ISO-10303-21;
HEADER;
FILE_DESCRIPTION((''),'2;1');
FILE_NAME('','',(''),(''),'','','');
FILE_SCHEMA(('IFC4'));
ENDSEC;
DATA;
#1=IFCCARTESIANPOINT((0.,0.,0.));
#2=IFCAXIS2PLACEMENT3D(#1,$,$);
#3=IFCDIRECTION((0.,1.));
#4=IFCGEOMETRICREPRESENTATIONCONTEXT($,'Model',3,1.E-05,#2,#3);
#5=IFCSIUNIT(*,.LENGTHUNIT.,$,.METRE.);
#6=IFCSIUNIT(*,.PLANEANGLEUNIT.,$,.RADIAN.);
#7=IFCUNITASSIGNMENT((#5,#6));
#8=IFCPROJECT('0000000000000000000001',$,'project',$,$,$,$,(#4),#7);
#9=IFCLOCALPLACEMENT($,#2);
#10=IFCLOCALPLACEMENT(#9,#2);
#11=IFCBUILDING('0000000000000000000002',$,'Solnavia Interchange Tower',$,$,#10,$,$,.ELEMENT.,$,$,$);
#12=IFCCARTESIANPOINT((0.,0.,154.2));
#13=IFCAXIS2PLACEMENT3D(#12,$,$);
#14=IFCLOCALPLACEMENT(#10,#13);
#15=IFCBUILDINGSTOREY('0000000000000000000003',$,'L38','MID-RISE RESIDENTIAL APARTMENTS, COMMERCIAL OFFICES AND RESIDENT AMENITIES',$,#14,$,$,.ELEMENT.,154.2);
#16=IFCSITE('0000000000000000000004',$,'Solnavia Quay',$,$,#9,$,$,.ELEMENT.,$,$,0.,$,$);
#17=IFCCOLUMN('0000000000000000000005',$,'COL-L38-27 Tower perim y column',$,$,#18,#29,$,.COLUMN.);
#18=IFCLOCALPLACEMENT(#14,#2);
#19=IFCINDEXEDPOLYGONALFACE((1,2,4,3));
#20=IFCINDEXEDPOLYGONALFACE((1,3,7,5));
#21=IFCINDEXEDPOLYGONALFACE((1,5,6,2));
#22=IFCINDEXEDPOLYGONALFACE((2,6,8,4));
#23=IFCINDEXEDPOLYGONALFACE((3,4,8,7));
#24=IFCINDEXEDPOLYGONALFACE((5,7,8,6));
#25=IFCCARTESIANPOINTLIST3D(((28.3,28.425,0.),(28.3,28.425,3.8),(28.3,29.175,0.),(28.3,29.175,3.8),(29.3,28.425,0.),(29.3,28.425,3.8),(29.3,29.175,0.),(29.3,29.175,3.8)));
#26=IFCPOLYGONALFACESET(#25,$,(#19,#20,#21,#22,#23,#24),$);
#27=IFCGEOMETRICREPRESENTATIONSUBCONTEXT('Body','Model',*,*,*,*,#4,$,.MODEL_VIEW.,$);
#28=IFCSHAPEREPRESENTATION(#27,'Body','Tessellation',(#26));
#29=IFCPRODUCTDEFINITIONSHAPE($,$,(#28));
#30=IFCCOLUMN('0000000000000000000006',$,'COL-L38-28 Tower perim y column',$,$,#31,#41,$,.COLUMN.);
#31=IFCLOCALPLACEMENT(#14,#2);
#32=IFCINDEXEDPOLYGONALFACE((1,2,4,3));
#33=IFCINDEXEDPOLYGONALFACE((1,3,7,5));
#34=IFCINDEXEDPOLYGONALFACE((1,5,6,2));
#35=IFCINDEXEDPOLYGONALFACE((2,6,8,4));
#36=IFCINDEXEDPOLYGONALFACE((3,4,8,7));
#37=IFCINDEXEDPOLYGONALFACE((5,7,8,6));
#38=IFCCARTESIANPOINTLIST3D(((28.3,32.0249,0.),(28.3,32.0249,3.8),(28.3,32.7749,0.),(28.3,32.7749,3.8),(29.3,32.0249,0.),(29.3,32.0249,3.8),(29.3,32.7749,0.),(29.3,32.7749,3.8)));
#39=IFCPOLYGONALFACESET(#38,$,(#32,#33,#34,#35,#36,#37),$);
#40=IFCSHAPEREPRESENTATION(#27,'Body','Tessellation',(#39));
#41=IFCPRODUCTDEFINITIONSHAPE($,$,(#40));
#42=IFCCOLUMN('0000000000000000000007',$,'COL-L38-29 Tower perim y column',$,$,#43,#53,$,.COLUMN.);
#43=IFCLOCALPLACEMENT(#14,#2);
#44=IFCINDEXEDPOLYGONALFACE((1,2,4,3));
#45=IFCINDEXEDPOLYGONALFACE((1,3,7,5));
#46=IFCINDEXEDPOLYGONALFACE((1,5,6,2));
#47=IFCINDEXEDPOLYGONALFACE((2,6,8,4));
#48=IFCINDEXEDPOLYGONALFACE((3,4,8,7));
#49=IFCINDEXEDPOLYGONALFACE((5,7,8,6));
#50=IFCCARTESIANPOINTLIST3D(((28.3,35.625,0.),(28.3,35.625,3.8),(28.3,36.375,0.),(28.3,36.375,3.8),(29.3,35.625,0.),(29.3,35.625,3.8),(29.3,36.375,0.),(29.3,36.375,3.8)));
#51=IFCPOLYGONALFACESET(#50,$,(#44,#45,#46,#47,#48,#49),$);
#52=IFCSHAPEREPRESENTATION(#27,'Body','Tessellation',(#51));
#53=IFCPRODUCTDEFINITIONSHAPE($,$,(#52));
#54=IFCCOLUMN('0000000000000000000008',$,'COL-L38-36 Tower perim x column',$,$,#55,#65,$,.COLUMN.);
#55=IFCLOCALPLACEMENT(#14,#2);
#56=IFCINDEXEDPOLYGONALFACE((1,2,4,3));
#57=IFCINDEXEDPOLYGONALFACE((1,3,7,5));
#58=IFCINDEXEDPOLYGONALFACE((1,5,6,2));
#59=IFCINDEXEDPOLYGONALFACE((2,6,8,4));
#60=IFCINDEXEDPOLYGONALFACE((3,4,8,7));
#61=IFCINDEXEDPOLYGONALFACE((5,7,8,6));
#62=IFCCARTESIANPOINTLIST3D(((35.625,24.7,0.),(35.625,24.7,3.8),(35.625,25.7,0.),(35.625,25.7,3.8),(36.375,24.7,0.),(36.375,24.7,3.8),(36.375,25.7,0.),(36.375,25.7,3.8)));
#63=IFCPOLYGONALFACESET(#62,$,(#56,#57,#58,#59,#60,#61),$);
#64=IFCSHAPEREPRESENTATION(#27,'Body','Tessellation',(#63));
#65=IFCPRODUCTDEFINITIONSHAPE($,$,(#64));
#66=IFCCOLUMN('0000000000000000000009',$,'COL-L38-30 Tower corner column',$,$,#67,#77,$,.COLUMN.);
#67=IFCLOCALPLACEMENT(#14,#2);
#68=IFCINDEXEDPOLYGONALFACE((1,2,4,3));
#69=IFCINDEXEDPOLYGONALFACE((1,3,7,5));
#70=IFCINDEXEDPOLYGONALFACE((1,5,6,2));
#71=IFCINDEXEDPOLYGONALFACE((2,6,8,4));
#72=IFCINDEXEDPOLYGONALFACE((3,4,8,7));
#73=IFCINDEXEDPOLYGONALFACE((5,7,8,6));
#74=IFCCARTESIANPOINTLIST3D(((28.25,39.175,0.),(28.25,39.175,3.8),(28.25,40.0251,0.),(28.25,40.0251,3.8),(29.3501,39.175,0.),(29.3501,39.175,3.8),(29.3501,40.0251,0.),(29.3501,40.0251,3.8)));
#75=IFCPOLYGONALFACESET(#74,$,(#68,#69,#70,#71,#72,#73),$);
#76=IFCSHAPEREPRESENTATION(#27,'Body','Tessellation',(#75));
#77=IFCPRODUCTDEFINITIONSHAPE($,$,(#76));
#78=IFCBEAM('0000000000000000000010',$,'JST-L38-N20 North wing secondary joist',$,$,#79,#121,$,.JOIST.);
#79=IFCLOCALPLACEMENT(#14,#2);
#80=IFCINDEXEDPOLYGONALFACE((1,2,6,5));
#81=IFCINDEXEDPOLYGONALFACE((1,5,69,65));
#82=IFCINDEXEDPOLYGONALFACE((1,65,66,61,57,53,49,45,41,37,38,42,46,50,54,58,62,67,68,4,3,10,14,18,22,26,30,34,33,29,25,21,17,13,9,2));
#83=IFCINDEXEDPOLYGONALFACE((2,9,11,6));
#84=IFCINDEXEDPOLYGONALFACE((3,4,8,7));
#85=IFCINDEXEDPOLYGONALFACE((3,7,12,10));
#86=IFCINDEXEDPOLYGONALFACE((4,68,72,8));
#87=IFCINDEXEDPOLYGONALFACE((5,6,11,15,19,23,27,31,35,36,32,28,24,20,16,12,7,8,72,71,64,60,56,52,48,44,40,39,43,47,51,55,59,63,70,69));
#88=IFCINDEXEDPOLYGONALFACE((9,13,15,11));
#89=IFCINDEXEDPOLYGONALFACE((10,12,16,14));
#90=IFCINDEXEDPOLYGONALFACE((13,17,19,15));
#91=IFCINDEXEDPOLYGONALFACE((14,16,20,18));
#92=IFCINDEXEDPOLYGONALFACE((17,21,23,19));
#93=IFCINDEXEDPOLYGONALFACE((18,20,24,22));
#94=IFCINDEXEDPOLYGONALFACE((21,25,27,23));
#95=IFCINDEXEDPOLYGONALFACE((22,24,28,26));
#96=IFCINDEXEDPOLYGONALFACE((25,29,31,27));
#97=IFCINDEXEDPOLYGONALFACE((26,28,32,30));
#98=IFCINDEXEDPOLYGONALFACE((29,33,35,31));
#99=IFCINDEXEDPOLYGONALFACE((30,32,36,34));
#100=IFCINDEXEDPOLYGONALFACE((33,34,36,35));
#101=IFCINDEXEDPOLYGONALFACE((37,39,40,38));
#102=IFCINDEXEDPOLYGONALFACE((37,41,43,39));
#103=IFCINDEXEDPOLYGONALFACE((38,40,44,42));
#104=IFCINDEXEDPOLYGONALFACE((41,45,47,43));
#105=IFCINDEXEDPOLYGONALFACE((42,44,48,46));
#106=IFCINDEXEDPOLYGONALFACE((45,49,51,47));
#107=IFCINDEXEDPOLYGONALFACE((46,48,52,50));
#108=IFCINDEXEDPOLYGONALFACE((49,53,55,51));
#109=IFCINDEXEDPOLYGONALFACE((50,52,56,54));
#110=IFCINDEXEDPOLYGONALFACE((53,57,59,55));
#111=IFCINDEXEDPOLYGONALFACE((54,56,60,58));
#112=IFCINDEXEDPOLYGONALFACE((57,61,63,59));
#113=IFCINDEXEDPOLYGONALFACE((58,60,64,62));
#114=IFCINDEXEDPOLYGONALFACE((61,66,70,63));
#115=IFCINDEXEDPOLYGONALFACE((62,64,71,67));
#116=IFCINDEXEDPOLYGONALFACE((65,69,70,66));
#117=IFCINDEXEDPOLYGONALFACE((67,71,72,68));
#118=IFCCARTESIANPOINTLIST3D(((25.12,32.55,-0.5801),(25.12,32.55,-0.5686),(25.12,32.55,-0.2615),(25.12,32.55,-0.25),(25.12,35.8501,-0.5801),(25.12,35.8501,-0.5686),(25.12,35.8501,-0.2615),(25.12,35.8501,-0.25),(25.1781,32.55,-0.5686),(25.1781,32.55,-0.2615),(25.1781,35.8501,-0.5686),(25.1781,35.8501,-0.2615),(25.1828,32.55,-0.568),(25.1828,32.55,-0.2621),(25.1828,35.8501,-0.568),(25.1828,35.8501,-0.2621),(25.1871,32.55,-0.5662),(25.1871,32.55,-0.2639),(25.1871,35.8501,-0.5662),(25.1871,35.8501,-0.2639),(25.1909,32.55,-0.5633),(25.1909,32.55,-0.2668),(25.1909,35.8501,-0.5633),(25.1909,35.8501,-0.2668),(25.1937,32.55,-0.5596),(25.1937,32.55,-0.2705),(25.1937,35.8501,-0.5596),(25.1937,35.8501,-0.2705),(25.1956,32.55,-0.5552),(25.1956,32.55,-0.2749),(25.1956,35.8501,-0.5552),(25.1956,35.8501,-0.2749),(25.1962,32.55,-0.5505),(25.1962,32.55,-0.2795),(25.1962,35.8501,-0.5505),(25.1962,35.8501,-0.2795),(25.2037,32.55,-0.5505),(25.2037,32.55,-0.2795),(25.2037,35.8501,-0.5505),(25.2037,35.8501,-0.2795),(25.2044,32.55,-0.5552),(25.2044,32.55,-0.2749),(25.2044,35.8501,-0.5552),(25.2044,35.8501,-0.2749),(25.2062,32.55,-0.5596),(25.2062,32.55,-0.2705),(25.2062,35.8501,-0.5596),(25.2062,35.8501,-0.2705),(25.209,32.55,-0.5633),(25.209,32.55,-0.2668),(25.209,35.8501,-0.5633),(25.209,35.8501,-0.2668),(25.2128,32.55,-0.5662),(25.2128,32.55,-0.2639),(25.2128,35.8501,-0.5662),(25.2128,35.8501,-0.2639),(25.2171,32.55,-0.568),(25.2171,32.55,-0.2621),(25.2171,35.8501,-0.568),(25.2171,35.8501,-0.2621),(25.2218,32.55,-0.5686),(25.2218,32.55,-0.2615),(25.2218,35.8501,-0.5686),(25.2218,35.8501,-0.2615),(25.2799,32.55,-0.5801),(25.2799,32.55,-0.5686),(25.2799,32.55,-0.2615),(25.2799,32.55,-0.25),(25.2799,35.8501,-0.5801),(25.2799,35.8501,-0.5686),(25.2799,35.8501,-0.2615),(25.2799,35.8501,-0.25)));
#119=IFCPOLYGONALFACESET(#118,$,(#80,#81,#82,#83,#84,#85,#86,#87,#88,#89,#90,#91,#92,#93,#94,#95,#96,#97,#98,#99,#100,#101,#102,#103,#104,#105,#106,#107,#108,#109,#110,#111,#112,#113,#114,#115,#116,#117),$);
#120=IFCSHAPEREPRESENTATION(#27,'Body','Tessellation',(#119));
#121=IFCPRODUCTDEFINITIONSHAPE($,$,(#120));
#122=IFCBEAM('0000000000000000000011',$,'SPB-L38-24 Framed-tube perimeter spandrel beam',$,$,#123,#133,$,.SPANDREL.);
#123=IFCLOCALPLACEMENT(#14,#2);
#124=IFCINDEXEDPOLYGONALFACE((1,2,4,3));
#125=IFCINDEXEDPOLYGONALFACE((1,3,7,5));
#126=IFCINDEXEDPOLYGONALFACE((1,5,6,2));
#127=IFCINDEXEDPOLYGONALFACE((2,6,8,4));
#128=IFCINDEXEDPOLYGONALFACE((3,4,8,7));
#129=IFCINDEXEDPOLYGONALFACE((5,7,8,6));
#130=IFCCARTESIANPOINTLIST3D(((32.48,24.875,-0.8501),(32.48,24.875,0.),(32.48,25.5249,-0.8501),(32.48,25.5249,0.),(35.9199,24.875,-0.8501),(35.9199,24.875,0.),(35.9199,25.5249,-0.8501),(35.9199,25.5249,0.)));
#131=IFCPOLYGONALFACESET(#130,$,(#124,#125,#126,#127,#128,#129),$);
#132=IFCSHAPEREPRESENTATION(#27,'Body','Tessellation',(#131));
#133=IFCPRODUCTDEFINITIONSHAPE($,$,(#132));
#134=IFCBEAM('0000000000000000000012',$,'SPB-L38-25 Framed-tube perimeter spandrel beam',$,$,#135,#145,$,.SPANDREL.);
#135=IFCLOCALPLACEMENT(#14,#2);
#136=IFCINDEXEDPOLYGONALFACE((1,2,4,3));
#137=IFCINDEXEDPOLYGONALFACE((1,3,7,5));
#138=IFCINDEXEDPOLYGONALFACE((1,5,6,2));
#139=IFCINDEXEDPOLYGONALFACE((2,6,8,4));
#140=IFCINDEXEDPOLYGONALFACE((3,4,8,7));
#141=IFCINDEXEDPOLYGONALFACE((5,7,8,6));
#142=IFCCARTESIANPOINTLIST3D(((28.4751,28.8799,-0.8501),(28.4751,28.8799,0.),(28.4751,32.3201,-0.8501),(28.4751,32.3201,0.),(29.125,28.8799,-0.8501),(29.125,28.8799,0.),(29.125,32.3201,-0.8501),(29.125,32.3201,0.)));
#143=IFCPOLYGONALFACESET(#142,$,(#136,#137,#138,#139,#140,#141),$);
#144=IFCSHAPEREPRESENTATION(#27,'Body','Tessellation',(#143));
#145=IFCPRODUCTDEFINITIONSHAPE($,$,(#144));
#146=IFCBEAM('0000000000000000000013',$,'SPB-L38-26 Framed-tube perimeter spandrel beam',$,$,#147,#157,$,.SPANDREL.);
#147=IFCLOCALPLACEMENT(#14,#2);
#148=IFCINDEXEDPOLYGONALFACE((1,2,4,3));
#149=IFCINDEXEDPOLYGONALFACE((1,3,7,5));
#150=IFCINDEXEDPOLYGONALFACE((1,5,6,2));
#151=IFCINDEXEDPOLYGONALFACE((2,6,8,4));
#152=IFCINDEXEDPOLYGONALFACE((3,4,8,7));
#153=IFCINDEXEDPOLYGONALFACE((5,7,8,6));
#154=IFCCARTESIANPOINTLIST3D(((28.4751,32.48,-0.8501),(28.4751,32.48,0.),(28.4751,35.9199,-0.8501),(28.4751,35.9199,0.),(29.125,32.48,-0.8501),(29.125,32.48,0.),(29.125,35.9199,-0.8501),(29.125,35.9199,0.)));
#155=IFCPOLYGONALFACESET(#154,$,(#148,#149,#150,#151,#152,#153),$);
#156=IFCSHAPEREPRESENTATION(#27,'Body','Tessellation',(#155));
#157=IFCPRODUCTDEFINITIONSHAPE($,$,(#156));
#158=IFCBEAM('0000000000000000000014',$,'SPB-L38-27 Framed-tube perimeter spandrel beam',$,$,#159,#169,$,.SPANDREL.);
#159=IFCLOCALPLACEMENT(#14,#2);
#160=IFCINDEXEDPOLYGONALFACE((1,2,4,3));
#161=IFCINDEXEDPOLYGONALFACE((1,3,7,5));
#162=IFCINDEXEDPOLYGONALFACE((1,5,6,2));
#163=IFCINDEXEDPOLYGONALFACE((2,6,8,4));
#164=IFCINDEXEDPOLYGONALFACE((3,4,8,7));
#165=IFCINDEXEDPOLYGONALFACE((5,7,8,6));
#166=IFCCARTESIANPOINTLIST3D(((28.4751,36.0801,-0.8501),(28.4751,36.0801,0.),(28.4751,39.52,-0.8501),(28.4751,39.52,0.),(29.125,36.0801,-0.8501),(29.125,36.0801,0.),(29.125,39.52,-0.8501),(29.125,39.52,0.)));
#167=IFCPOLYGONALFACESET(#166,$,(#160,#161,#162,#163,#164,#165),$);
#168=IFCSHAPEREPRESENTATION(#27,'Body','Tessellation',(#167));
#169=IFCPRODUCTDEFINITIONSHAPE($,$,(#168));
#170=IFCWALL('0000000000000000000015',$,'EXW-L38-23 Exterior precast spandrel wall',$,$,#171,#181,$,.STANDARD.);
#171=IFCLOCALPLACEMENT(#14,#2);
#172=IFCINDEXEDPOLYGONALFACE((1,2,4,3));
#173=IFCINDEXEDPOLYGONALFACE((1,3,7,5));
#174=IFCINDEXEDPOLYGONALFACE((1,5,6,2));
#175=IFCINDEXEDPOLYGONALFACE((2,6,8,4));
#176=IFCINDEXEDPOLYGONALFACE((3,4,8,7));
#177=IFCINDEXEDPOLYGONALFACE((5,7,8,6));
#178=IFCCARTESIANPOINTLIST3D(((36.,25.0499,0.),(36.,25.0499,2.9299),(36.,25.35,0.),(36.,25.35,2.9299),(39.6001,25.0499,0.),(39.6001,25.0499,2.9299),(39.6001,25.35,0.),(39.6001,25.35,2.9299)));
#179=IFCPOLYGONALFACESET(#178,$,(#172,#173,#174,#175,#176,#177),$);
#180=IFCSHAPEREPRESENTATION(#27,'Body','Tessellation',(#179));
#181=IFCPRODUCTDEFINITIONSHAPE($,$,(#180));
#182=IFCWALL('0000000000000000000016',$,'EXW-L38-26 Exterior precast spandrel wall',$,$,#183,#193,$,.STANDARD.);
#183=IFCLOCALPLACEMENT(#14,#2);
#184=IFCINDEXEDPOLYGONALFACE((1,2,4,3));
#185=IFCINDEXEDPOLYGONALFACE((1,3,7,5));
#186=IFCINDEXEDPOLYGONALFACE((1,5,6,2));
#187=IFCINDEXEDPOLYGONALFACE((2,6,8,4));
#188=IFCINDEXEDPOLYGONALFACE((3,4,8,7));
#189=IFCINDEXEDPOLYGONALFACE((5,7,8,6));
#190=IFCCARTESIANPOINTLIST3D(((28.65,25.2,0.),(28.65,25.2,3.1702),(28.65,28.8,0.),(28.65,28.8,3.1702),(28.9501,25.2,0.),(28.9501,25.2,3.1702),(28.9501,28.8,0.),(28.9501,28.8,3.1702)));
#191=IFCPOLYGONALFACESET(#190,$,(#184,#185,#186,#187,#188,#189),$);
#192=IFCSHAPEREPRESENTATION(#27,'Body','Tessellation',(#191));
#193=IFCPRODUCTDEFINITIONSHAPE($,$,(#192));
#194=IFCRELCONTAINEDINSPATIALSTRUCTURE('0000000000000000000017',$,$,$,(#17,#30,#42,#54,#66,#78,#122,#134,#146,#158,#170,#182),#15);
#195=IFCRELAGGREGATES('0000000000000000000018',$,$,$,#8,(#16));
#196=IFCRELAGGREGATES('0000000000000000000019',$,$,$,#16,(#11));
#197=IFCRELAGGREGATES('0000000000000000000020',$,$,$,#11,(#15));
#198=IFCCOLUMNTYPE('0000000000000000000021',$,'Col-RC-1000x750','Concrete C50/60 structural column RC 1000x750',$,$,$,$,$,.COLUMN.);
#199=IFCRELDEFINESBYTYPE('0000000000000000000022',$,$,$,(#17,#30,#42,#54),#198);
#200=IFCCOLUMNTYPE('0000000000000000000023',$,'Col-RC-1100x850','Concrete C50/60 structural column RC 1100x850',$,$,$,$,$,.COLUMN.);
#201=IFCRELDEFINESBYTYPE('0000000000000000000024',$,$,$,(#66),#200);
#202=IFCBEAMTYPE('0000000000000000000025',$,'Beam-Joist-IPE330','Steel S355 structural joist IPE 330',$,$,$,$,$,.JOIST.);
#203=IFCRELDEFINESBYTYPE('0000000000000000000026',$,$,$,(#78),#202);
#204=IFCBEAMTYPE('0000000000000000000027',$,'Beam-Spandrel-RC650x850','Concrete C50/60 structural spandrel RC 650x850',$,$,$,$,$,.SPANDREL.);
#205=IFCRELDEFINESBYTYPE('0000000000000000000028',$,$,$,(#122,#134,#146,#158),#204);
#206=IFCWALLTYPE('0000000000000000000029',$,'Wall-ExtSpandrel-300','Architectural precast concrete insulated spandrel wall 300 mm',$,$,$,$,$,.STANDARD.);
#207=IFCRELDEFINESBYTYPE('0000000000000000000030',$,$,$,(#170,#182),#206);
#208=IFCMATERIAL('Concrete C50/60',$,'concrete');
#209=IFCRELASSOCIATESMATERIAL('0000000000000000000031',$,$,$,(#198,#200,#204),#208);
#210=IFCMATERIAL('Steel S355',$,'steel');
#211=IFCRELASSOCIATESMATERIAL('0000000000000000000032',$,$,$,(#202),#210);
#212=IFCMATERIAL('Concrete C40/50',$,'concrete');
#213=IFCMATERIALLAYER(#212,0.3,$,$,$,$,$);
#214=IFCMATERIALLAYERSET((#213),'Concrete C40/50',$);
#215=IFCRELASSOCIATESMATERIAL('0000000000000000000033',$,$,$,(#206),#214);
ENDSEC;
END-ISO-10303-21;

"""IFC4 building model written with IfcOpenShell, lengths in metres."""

from ifc_helpers import new_model, si_unit, direction, frame, frame_2d, origin, origin_2d, place, context, subcontext, project, spatial, rectangle, i_section, extrude, material, layer, layer_set, material_profile, profile_set, type_object, element, save


model = new_model("IFC4")

# Units and contexts
model_context = context("Model", 3, precision=1e-05, world=origin(), true_north=direction((0.0, 1.0)))
body_context = subcontext(model_context, "Body", "Model", "MODEL_VIEW")
ifc_project = project(units=[si_unit("LENGTHUNIT", "METRE"), si_unit("PLANEANGLEUNIT", "RADIAN")], contexts=[model_context])

# Site, building, storey
site_placement = place(None, origin())
site = spatial("IfcSite", under=ifc_project, at=site_placement, Name="Solnavia Quay", CompositionType="ELEMENT", RefElevation=0.0)
building_placement = place(site_placement, origin())
building = spatial("IfcBuilding", under=site, at=building_placement, Name="Solnavia Interchange Tower", CompositionType="ELEMENT")
storey_placement = place(building_placement, frame((0.0, 0.0, 154.2)))
storey = spatial("IfcBuildingStorey", under=building, at=storey_placement, Name="L38", Description="MID-RISE RESIDENTIAL APARTMENTS, COMMERCIAL OFFICES AND RESIDENT AMENITIES", CompositionType="ELEMENT", Elevation=154.2)

# Columns
ifc_material_1 = material(Name="Concrete C50/60", Category="concrete")
ifc_material_profile_1 = material_profile(ifc_material_1, rectangle(XDim=0.75, YDim=1.0, at=origin_2d()), Name="RC 1000x750")
ifc_profile_set_1 = profile_set([ifc_material_profile_1], Name="Concrete C50/60")
column_type_1 = type_object("IfcColumnType", Name="Col-RC-1000x750", Description="Concrete C50/60 structural column RC 1000x750", PredefinedType="COLUMN", material=ifc_profile_set_1)
for number, where, z_axis, x_axis, name in (
    (1, (28.8, 28.8, 0.0), (0.0, 0.0, 1.0), (0.0, 1.0, 0.0), "COL-L38-27 Tower perim y column"),
    (2, (28.8, 32.3999, 0.0), (0.0, 0.0, 1.0), (0.0, 1.0, 0.0), "COL-L38-28 Tower perim y column"),
    (3, (28.8, 36.0, 0.0), (0.0, 0.0, 1.0), (0.0, 1.0, 0.0), "COL-L38-29 Tower perim y column"),
    (4, (36.0, 25.2, 0.0), (0.0, 0.0, 1.0), (1.0, 0.0, 0.0), "COL-L38-36 Tower perim x column"),
):
    element("IfcColumn", number, at=place(storey_placement, frame(where, z_axis=z_axis, x_axis=x_axis)), inside=storey, type_object=column_type_1, Name=name, PredefinedType="COLUMN", context=body_context, shape_type="SweptSolid", body=[
        extrude(rectangle(XDim=0.75, YDim=1.0, at=origin_2d()), origin(), (0.0, 0.0, 1.0), 3.8),
    ])
ifc_material_profile_2 = material_profile(ifc_material_1, rectangle(XDim=0.8501, YDim=1.1001, at=origin_2d()), Name="RC 1100x850")
ifc_profile_set_2 = profile_set([ifc_material_profile_2], Name="Concrete C50/60")
column_type_2 = type_object("IfcColumnType", Name="Col-RC-1100x850", Description="Concrete C50/60 structural column RC 1100x850", PredefinedType="COLUMN", material=ifc_profile_set_2)
column_placement = place(storey_placement, frame((28.8, 39.6001, 0.0), z_axis=(0.0, 0.0, 1.0), x_axis=(0.0, 1.0, 0.0)))
element("IfcColumn", 5, at=column_placement, inside=storey, type_object=column_type_2, Name="COL-L38-30 Tower corner column", PredefinedType="COLUMN", context=body_context, shape_type="SweptSolid", body=[
    extrude(rectangle(XDim=0.8501, YDim=1.1001, at=origin_2d()), origin(), (0.0, 0.0, 1.0), 3.8),
])

# Beams
ifc_material_2 = material(Name="Steel S355", Category="steel")
ifc_material_profile_3 = material_profile(ifc_material_2, i_section(OverallWidth=0.1599, OverallDepth=0.3301, WebThickness=0.0076, FlangeThickness=0.0115, FilletRadius=0.0181, at=origin_2d()), Name="IPE 330")
ifc_profile_set_3 = profile_set([ifc_material_profile_3], Name="Steel S355")
beam_type_1 = type_object("IfcBeamType", Name="Beam-Joist-IPE330", Description="Steel S355 structural joist IPE 330", PredefinedType="JOIST", material=ifc_profile_set_3)
beam_1_placement = place(storey_placement, frame((25.2, 32.55, -0.415), z_axis=(0.0, 1.0, 0.0), x_axis=(-1.0, 0.0, 0.0)))
element("IfcBeam", 6, at=beam_1_placement, inside=storey, type_object=beam_type_1, Name="JST-L38-N20 North wing secondary joist", PredefinedType="JOIST", context=body_context, shape_type="SweptSolid", body=[
    extrude(i_section(OverallWidth=0.1599, OverallDepth=0.3301, WebThickness=0.0076, FlangeThickness=0.0115, FilletRadius=0.0181, at=origin_2d()), origin(), (0.0, 0.0, 1.0), 3.3),
])
ifc_material_profile_4 = material_profile(ifc_material_1, rectangle(XDim=0.6499, YDim=0.8501, at=origin_2d()), Name="RC 650x850")
ifc_profile_set_4 = profile_set([ifc_material_profile_4], Name="Concrete C50/60")
beam_type_2 = type_object("IfcBeamType", Name="Beam-Spandrel-RC650x850", Description="Concrete C50/60 structural spandrel RC 650x850", PredefinedType="SPANDREL", material=ifc_profile_set_4)
beam_2_placement = place(storey_placement, frame((35.9199, 25.2, -0.425), z_axis=(-1.0, 0.0, 0.0), x_axis=(0.0, -1.0, 0.0)))
element("IfcBeam", 7, at=beam_2_placement, inside=storey, type_object=beam_type_2, Name="SPB-L38-24 Framed-tube perimeter spandrel beam", PredefinedType="SPANDREL", context=body_context, shape_type="SweptSolid", body=[
    extrude(rectangle(XDim=0.6499, YDim=0.8501, at=origin_2d()), origin(), (0.0, 0.0, 1.0), 3.4399),
])
beam_3_placement = place(storey_placement, frame((28.8, 28.8799, -0.425), z_axis=(0.0, 1.0, 0.0), x_axis=(-1.0, 0.0, 0.0)))
element("IfcBeam", 8, at=beam_3_placement, inside=storey, type_object=beam_type_2, Name="SPB-L38-25 Framed-tube perimeter spandrel beam", PredefinedType="SPANDREL", context=body_context, shape_type="SweptSolid", body=[
    extrude(rectangle(XDim=0.6499, YDim=0.8501, at=origin_2d()), origin(), (0.0, 0.0, 1.0), 3.4402),
])
for number, where, z_axis, x_axis, name in (
    (9, (28.8, 32.48, -0.425), (0.0, 1.0, 0.0), (-1.0, 0.0, 0.0), "SPB-L38-26 Framed-tube perimeter spandrel beam"),
    (10, (28.8, 36.0801, -0.425), (0.0, 1.0, 0.0), (-1.0, 0.0, 0.0), "SPB-L38-27 Framed-tube perimeter spandrel beam"),
):
    element("IfcBeam", number, at=place(storey_placement, frame(where, z_axis=z_axis, x_axis=x_axis)), inside=storey, type_object=beam_type_2, Name=name, PredefinedType="SPANDREL", context=body_context, shape_type="SweptSolid", body=[
        extrude(rectangle(XDim=0.6499, YDim=0.8501, at=origin_2d()), origin(), (0.0, 0.0, 1.0), 3.4399),
    ])

# Walls
ifc_material_3 = material(Name="Concrete C40/50", Category="concrete")
ifc_layer = layer(ifc_material_3, 0.3)
ifc_layer_set = layer_set([ifc_layer], Name="Concrete C40/50")
wall_type = type_object("IfcWallType", Name="Wall-ExtSpandrel-300", Description="Architectural precast concrete insulated spandrel wall 300 mm", PredefinedType="STANDARD", material=ifc_layer_set)
wall_1_placement = place(storey_placement, frame((36.0, 25.2, 0.0), z_axis=(0.0, 0.0, 1.0), x_axis=(1.0, 0.0, 0.0)))
element("IfcWall", 11, at=wall_1_placement, inside=storey, type_object=wall_type, Name="EXW-L38-23 Exterior precast spandrel wall", PredefinedType="STANDARD", context=body_context, shape_type="SweptSolid", body=[
    extrude(rectangle(XDim=3.6001, YDim=0.3, at=frame_2d((1.8, 0.0))), origin(), (0.0, 0.0, 1.0), 2.9299),
])
wall_2_placement = place(storey_placement, frame((28.8, 28.8, 0.0), z_axis=(0.0, 0.0, 1.0), x_axis=(0.0, -1.0, 0.0)))
element("IfcWall", 12, at=wall_2_placement, inside=storey, type_object=wall_type, Name="EXW-L38-26 Exterior precast spandrel wall", PredefinedType="STANDARD", context=body_context, shape_type="SweptSolid", body=[
    extrude(rectangle(XDim=3.6001, YDim=0.3, at=frame_2d((1.8, 0.0))), origin(), (0.0, 0.0, 1.0), 3.1702),
])

save(model, "model.ifc")
